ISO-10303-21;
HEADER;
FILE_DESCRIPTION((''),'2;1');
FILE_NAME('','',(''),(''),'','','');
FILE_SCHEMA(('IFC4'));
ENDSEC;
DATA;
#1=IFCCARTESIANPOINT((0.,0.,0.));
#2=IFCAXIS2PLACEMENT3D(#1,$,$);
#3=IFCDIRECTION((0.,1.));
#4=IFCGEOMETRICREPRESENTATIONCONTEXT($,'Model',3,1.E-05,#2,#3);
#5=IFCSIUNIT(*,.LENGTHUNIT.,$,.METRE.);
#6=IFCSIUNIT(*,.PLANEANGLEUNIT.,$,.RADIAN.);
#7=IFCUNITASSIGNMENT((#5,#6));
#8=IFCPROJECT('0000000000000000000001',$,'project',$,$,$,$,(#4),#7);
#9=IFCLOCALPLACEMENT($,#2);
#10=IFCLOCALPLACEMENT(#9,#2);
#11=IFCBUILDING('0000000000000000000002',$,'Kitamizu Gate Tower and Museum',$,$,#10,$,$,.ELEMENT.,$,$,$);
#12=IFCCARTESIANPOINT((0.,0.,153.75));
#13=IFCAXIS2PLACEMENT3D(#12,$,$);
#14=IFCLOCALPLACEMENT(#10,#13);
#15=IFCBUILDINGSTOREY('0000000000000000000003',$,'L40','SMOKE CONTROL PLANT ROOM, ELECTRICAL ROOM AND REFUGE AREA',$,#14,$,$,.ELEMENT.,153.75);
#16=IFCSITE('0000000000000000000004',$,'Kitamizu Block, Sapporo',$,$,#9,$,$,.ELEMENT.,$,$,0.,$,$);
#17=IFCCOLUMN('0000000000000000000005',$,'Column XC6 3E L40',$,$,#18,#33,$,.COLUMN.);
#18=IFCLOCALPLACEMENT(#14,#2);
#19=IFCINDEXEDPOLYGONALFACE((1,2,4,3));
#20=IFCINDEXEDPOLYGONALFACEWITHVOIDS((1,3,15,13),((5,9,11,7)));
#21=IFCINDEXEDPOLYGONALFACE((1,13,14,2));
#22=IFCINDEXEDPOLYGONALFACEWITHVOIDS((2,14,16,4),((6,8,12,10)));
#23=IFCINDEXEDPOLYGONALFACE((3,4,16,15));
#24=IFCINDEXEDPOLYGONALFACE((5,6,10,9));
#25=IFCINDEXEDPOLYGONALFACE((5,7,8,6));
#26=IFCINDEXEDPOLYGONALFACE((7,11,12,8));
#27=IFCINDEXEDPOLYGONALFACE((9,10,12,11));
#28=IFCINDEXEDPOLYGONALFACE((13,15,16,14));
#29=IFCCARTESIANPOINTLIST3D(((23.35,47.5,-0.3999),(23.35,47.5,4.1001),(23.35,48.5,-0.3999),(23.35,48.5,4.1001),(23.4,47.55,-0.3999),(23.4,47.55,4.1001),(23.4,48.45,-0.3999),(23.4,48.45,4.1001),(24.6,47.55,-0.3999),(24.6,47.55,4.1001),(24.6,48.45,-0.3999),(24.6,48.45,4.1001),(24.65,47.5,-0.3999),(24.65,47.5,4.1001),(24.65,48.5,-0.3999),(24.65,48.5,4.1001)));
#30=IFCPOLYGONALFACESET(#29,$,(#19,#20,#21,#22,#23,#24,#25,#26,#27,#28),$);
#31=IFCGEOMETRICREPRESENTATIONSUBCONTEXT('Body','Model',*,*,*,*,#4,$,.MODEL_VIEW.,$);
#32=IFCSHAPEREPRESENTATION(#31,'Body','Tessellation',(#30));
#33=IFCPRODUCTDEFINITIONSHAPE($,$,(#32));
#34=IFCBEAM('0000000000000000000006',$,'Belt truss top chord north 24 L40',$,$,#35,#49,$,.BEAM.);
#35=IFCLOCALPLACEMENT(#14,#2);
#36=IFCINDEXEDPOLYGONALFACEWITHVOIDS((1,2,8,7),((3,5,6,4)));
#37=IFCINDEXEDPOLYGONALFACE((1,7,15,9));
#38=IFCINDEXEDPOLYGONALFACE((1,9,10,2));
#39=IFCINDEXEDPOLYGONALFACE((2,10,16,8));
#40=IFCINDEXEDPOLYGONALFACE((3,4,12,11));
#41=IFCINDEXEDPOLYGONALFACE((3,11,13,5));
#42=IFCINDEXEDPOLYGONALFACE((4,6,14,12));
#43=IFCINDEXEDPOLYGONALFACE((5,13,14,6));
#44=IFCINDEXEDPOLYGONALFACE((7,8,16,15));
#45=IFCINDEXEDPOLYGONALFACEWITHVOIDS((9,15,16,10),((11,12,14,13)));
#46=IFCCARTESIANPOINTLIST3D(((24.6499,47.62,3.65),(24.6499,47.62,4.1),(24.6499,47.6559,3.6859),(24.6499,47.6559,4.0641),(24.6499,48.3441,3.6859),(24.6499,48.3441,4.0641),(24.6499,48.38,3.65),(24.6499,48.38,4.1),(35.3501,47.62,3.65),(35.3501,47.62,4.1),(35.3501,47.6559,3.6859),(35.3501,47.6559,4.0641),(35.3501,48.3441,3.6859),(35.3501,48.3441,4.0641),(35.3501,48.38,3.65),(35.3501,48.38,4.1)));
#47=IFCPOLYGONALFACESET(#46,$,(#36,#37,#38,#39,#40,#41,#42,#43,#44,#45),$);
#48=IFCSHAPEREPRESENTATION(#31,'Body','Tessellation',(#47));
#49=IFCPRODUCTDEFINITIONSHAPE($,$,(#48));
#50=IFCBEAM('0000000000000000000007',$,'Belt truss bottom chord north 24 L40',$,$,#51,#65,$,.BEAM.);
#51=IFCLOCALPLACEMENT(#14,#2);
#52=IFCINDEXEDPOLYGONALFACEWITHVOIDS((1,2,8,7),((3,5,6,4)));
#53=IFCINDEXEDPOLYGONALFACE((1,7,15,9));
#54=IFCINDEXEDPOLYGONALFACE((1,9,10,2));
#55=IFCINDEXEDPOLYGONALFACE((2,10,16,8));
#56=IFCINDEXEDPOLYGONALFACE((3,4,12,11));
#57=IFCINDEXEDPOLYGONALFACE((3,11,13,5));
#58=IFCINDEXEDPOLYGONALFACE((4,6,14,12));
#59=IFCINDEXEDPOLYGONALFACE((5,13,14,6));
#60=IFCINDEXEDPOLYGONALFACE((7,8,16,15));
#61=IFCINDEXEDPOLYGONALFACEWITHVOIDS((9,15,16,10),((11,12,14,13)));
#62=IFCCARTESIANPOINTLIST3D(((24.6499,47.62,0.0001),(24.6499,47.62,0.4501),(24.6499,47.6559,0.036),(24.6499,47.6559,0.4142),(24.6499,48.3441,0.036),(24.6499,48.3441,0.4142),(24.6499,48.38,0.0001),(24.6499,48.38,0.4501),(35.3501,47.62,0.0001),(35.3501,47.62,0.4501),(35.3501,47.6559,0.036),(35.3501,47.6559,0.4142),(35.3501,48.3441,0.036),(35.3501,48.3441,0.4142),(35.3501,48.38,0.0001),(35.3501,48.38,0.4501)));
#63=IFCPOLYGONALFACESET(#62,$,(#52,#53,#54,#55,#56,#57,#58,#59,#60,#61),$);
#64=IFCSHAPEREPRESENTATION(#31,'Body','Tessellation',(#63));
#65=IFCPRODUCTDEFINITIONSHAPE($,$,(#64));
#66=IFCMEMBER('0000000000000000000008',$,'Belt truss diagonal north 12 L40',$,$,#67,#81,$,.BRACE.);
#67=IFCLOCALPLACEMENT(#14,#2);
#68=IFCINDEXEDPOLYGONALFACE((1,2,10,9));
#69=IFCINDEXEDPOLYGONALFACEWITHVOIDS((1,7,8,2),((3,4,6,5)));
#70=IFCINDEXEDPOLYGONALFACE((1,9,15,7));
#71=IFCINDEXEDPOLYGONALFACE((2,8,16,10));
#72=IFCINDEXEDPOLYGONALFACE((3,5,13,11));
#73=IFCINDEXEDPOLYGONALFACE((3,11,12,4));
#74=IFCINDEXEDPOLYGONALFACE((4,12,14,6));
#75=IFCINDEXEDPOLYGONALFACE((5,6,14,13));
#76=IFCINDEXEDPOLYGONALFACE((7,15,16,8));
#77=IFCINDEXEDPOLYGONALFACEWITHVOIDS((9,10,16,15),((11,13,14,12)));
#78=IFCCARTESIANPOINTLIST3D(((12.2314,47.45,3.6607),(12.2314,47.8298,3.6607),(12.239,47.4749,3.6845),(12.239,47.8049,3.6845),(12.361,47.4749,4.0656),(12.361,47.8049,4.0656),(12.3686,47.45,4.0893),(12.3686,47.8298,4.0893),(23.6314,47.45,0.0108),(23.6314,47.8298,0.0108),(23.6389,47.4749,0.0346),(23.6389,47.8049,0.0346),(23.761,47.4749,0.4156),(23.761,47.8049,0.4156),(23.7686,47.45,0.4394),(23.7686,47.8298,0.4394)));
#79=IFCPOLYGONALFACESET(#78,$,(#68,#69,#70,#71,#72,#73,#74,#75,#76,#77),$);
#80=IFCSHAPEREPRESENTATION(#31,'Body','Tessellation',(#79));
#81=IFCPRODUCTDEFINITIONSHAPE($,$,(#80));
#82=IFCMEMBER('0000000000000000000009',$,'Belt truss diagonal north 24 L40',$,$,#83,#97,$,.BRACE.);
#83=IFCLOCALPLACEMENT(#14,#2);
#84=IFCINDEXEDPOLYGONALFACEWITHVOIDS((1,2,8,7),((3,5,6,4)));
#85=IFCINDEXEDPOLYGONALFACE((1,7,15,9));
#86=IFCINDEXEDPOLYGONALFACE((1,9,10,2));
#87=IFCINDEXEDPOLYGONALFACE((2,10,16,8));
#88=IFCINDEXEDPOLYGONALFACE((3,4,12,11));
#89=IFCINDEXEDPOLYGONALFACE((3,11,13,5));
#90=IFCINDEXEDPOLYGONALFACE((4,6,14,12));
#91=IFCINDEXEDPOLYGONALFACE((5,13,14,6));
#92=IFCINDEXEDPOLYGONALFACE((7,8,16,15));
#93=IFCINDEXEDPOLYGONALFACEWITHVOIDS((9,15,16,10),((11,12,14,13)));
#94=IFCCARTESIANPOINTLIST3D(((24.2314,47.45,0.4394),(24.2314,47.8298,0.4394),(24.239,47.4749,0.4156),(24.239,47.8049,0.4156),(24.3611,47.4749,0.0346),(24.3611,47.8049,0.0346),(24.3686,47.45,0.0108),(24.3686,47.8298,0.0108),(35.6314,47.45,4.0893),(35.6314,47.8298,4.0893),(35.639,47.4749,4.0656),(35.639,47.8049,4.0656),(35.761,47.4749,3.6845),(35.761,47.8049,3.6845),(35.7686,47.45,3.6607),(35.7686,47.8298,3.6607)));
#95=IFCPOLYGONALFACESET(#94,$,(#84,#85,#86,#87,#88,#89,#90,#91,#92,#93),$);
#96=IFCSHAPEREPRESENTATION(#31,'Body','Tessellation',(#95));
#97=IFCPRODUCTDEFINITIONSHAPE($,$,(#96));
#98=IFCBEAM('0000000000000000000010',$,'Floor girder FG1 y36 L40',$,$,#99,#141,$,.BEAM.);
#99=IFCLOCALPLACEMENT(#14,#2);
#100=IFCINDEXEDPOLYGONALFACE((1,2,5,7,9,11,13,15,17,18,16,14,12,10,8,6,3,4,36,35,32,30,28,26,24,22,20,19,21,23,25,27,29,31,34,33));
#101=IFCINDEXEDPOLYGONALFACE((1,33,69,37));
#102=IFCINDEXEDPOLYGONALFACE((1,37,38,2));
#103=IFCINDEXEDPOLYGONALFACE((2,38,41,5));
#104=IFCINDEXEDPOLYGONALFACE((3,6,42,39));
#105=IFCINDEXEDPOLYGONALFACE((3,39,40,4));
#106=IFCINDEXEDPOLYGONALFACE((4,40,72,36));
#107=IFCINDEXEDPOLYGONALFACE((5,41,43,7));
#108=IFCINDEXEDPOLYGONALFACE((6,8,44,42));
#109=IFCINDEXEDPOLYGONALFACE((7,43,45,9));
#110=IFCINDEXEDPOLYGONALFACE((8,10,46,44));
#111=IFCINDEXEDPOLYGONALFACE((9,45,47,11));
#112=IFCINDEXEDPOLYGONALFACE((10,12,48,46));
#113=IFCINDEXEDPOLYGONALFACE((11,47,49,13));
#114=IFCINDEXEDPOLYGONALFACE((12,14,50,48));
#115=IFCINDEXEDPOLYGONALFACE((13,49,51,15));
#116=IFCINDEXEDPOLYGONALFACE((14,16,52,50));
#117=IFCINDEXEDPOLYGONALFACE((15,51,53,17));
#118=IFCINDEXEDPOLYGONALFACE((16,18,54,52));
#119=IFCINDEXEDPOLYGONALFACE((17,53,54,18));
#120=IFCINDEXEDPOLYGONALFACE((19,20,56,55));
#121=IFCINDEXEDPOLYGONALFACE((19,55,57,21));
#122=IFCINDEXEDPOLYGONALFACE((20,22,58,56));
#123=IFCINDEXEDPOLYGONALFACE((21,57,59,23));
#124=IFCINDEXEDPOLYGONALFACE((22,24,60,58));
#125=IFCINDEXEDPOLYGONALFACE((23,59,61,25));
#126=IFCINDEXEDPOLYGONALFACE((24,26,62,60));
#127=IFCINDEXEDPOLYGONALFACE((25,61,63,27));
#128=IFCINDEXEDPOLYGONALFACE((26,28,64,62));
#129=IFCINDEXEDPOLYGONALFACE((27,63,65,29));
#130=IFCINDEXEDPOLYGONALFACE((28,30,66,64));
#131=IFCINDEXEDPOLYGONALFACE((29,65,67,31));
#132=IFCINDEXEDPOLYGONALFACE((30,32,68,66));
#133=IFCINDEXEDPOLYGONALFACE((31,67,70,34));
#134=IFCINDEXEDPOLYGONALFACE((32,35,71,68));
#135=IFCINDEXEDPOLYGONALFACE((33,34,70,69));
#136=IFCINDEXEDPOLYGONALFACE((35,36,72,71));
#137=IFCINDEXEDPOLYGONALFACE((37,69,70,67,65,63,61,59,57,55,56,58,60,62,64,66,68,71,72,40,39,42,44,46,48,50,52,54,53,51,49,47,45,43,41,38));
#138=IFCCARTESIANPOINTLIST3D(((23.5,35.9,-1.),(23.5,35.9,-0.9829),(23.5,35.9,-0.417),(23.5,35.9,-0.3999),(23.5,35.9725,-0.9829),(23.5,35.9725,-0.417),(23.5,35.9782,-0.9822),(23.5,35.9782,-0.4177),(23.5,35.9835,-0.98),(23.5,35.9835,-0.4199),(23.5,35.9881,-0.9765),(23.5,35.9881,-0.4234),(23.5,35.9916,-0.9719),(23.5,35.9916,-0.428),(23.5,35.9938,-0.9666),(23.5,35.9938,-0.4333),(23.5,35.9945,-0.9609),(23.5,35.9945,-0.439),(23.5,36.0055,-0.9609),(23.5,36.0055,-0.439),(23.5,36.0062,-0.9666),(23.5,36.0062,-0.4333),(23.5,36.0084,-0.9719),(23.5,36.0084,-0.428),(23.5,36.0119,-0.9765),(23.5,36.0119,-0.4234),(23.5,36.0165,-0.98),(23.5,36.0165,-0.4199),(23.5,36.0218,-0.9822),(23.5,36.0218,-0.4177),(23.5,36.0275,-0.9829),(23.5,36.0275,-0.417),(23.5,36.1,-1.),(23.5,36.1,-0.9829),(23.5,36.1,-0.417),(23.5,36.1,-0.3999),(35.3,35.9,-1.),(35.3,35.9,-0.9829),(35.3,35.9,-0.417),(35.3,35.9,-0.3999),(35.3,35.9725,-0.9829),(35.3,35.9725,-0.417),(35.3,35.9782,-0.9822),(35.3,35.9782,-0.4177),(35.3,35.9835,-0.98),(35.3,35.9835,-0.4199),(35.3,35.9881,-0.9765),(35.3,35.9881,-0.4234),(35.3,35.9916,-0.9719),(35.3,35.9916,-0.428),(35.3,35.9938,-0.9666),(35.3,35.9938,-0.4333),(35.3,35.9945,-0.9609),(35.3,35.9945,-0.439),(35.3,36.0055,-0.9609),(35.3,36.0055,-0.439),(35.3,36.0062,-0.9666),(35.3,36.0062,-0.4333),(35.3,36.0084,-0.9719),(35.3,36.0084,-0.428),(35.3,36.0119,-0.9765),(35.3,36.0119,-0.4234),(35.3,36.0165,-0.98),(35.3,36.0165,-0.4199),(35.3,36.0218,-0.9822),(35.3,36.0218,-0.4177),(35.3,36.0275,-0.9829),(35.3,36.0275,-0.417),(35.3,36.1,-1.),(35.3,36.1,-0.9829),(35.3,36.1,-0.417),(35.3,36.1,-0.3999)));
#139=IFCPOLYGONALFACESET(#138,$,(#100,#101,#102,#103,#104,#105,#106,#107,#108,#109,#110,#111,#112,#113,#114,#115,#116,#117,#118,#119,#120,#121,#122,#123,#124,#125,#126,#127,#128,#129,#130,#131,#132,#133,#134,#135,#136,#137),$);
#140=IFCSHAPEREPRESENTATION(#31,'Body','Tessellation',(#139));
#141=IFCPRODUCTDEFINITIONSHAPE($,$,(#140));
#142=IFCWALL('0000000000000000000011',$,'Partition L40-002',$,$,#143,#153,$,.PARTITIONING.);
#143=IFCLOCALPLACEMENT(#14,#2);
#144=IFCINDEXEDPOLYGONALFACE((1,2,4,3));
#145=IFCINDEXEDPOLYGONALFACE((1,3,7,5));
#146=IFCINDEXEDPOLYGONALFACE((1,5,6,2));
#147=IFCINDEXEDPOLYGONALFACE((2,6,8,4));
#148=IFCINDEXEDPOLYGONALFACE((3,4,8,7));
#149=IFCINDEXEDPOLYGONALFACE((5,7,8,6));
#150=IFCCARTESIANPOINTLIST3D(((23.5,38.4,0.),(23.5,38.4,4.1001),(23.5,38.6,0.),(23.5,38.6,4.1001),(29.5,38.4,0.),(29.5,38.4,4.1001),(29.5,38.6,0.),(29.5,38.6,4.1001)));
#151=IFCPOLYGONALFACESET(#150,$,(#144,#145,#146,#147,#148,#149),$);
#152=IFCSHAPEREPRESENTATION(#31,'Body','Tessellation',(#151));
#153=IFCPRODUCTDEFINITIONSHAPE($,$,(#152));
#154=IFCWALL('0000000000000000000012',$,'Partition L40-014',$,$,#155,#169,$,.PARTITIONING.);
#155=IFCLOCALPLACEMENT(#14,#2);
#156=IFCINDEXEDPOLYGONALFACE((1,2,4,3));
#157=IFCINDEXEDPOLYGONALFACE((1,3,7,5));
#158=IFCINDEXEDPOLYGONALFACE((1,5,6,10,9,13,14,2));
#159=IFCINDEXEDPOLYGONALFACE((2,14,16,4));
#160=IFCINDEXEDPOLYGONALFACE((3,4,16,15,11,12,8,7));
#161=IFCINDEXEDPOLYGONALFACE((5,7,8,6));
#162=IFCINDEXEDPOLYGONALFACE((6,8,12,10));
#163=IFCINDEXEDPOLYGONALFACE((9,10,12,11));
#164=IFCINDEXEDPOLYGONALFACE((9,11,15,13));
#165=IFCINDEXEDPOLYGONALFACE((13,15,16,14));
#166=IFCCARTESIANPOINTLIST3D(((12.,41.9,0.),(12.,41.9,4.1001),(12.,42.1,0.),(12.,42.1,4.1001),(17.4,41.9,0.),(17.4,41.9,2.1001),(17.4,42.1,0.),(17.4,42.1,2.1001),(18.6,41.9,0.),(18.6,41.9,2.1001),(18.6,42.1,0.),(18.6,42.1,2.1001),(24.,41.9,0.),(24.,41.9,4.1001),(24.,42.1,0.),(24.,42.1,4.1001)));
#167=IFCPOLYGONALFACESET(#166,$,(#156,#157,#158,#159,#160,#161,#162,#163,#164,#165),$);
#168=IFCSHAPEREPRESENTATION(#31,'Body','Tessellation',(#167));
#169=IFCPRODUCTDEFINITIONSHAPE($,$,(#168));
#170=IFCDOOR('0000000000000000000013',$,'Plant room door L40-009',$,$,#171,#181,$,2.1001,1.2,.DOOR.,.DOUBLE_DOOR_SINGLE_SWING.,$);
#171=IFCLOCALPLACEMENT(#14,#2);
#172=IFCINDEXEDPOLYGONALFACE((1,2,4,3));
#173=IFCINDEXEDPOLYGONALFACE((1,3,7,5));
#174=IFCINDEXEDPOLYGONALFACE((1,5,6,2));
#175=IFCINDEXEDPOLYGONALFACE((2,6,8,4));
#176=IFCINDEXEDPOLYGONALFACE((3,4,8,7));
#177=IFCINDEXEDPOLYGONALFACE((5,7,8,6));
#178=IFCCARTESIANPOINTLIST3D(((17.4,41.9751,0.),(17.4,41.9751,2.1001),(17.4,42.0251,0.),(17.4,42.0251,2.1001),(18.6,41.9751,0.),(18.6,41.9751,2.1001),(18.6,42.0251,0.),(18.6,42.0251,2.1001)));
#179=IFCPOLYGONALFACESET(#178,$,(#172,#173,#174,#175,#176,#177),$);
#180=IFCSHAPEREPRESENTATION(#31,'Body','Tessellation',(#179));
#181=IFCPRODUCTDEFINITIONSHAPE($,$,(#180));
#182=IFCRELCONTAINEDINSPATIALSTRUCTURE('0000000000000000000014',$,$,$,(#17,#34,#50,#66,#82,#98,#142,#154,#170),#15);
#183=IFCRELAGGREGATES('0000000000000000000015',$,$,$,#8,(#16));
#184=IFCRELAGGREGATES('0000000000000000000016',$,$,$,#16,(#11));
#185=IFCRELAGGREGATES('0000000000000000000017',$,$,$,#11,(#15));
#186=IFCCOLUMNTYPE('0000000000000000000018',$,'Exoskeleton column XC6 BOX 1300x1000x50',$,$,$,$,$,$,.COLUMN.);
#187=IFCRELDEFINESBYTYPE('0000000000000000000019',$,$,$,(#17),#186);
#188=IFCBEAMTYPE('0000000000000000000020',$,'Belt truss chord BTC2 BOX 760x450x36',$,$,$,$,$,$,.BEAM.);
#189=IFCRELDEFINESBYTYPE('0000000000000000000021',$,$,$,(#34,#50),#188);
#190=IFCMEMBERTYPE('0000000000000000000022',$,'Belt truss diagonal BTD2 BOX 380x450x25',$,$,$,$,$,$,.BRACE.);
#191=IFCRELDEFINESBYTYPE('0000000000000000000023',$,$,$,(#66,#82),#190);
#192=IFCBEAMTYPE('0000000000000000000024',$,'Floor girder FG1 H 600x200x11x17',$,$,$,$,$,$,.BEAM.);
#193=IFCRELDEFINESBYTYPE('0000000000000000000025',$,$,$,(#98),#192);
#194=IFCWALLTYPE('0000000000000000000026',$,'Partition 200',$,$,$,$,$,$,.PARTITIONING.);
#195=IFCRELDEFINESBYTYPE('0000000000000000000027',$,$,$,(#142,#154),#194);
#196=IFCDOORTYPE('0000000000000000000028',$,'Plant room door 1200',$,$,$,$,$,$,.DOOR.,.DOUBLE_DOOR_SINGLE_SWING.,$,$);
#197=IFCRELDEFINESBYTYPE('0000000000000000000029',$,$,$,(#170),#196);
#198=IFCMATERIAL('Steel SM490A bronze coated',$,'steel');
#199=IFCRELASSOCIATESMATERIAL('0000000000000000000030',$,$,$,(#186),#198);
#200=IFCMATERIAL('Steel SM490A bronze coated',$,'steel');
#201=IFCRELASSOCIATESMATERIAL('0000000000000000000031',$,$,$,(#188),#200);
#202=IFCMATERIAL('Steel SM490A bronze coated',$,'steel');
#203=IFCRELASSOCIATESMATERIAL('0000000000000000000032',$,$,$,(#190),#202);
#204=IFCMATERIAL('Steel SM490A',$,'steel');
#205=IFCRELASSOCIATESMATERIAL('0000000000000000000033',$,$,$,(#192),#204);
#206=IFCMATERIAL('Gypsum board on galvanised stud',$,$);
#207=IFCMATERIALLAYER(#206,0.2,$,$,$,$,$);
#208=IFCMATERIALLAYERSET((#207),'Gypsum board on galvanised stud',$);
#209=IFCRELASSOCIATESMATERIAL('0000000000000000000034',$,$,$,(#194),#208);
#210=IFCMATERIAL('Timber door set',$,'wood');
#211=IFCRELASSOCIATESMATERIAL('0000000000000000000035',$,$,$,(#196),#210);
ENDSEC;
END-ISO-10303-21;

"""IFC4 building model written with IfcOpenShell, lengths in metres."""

from ifc_helpers import new_model, si_unit, direction, frame, frame_2d, origin, origin_2d, place, context, subcontext, project, spatial, rectangle, hollow_rectangle, i_section, extrude, material, layer, layer_set, material_profile, profile_set, type_object, element, fill, save


model = new_model("IFC4")

# Units and contexts
model_context = context("Model", 3, precision=1e-05, world=origin(), true_north=direction((0.0, 1.0)))
body_context = subcontext(model_context, "Body", "Model", "MODEL_VIEW")
ifc_project = project(units=[si_unit("LENGTHUNIT", "METRE"), si_unit("PLANEANGLEUNIT", "RADIAN")], contexts=[model_context])

# Site, building, storey
site_placement = place(None, origin())
site = spatial("IfcSite", under=ifc_project, at=site_placement, Name="Kitamizu Block, Sapporo", CompositionType="ELEMENT", RefElevation=0.0)
building_placement = place(site_placement, origin())
building = spatial("IfcBuilding", under=site, at=building_placement, Name="Kitamizu Gate Tower and Museum", CompositionType="ELEMENT")
storey_placement = place(building_placement, frame((0.0, 0.0, 153.75)))
storey = spatial("IfcBuildingStorey", under=building, at=storey_placement, Name="L40", Description="SMOKE CONTROL PLANT ROOM, ELECTRICAL ROOM AND REFUGE AREA", CompositionType="ELEMENT", Elevation=153.75)

# Column
ifc_material_1 = material(Name="Steel SM490A bronze coated", Category="steel")
ifc_material_profile_1 = material_profile(ifc_material_1, hollow_rectangle(XDim=1.3, YDim=1.0, WallThickness=0.05, at=origin_2d()), Name="BOX 1300x1000x50")
ifc_profile_set_1 = profile_set([ifc_material_profile_1], Name="Steel SM490A bronze coated")
column_type = type_object("IfcColumnType", Name="Exoskeleton column XC6 BOX 1300x1000x50", PredefinedType="COLUMN", material=ifc_profile_set_1)
column_placement = place(storey_placement, frame((24.0, 48.0, -0.3999), z_axis=(0.0, 0.0, 1.0), x_axis=(1.0, 0.0, 0.0)))
element("IfcColumn", 1, at=column_placement, inside=storey, type_object=column_type, Name="Column XC6 3E L40", PredefinedType="COLUMN", context=body_context, shape_type="SweptSolid", body=[
    extrude(hollow_rectangle(XDim=1.3, YDim=1.0, WallThickness=0.05, at=origin_2d()), origin(), (0.0, 0.0, 1.0), 4.5),
])

# Beams
ifc_material_2 = material(Name="Steel SM490A bronze coated", Category="steel")
ifc_material_profile_2 = material_profile(ifc_material_2, hollow_rectangle(XDim=0.76, YDim=0.45, WallThickness=0.0359, at=origin_2d()), Name="BOX 760x450x36")
ifc_profile_set_2 = profile_set([ifc_material_profile_2], Name="Steel SM490A bronze coated")
beam_type_1 = type_object("IfcBeamType", Name="Belt truss chord BTC2 BOX 760x450x36", PredefinedType="BEAM", material=ifc_profile_set_2)
for number, where, z_axis, x_axis, name in (
    (2, (24.6499, 48.0, 3.875), (1.0, 0.0, 0.0), (0.0, 1.0, 0.0), "Belt truss top chord north 24 L40"),
    (3, (24.6499, 48.0, 0.2251), (1.0, 0.0, 0.0), (0.0, 1.0, 0.0), "Belt truss bottom chord north 24 L40"),
):
    element("IfcBeam", number, at=place(storey_placement, frame(where, z_axis=z_axis, x_axis=x_axis)), inside=storey, type_object=beam_type_1, Name=name, PredefinedType="BEAM", context=body_context, shape_type="SweptSolid", body=[
        extrude(hollow_rectangle(XDim=0.76, YDim=0.45, WallThickness=0.0359, at=origin_2d()), origin(), (0.0, 0.0, 1.0), 10.7002),
    ])

# Members
ifc_material_3 = material(Name="Steel SM490A bronze coated", Category="steel")
ifc_material_profile_3 = material_profile(ifc_material_3, hollow_rectangle(XDim=0.3799, YDim=0.45, WallThickness=0.0249, at=origin_2d()), Name="BOX 380x450x25")
ifc_profile_set_3 = profile_set([ifc_material_profile_3], Name="Steel SM490A bronze coated")
member_type = type_object("IfcMemberType", Name="Belt truss diagonal BTD2 BOX 380x450x25", PredefinedType="BRACE", material=ifc_profile_set_3)
for number, where, z_axis, x_axis, name in (
    (4, (23.7, 47.6399, 0.2251), (-0.952377, 0.0, 0.304922), (0.0, -1.0, 0.0), "Belt truss diagonal north 12 L40"),
    (5, (24.3, 47.6399, 0.2251), (0.952377, 0.0, 0.304922), (0.0, 1.0, 0.0), "Belt truss diagonal north 24 L40"),
):
    element("IfcMember", number, at=place(storey_placement, frame(where, z_axis=z_axis, x_axis=x_axis)), inside=storey, type_object=member_type, Name=name, PredefinedType="BRACE", context=body_context, shape_type="SweptSolid", body=[
        extrude(hollow_rectangle(XDim=0.3799, YDim=0.45, WallThickness=0.0249, at=origin_2d()), origin(), (0.0, 0.0, 1.0), 11.97),
    ])

# Beam
ifc_material_4 = material(Name="Steel SM490A", Category="steel")
ifc_material_profile_4 = material_profile(ifc_material_4, i_section(OverallWidth=0.2, OverallDepth=0.6001, WebThickness=0.011, FlangeThickness=0.0171, FilletRadius=0.022, at=origin_2d()), Name="H-600x200x11x17")
ifc_profile_set_4 = profile_set([ifc_material_profile_4], Name="Steel SM490A")
beam_type_2 = type_object("IfcBeamType", Name="Floor girder FG1 H 600x200x11x17", PredefinedType="BEAM", material=ifc_profile_set_4)
beam_placement = place(storey_placement, frame((23.5, 36.0, -0.7), z_axis=(1.0, 0.0, 0.0), x_axis=(0.0, 1.0, 0.0)))
element("IfcBeam", 6, at=beam_placement, inside=storey, type_object=beam_type_2, Name="Floor girder FG1 y36 L40", PredefinedType="BEAM", context=body_context, shape_type="SweptSolid", body=[
    extrude(i_section(OverallWidth=0.2, OverallDepth=0.6001, WebThickness=0.011, FlangeThickness=0.0171, FilletRadius=0.022, at=origin_2d()), origin(), (0.0, 0.0, 1.0), 11.8),
])

# Wall
ifc_material_5 = material(Name="Gypsum board on galvanised stud")
ifc_layer_1 = layer(ifc_material_5, 0.2)
ifc_layer_set_1 = layer_set([ifc_layer_1], Name="Gypsum board on galvanised stud")
wall_type_1 = type_object("IfcWallType", Name="Partition 200", PredefinedType="PARTITIONING", material=ifc_layer_set_1)
wall_1_placement = place(storey_placement, frame((29.5, 38.5, 0.0), z_axis=(0.0, 0.0, 1.0), x_axis=(-1.0, 0.0, 0.0)))
element("IfcWall", 7, at=wall_1_placement, inside=storey, type_object=wall_type_1, Name="Partition L40-002", PredefinedType="PARTITIONING", context=body_context, shape_type="SweptSolid", body=[
    extrude(rectangle(XDim=6.0, YDim=0.2, at=frame_2d((3.0, 0.0))), origin(), (0.0, 0.0, 1.0), 4.1001),
])

# Wall, opening, door
wall_2_placement = place(storey_placement, frame((24.0, 42.0, 0.0), z_axis=(0.0, 0.0, 1.0), x_axis=(-1.0, 0.0, 0.0)))
wall_2 = element("IfcWall", 8, at=wall_2_placement, inside=storey, type_object=wall_type_1, Name="Partition L40-014", PredefinedType="PARTITIONING", context=body_context, shape_type="SweptSolid", body=[
    extrude(rectangle(XDim=12.0, YDim=0.2, at=frame_2d((6.0, 0.0))), origin(), (0.0, 0.0, 1.0), 4.1001),
])
opening_1_placement = place(wall_2_placement, frame((5.3999, 0.0, 0.0)))
opening_1 = element("IfcOpeningElement", 9, at=opening_1_placement, cuts=wall_2, PredefinedType="OPENING", context=body_context, shape_type="SweptSolid", body=[
    extrude(rectangle(XDim=1.2, YDim=2.1001, at=frame_2d((0.6001, 1.05))), frame((0.0, 0.1099, 0.0), z_axis=(0.0, -1.0, 0.0), x_axis=(1.0, 0.0, 0.0)), (0.0, 0.0, 1.0), 0.22),
])
ifc_material_6 = material(Name="Timber door set", Category="wood")
door_type_1 = type_object("IfcDoorType", Name="Plant room door 1200", OperationType="DOUBLE_DOOR_SINGLE_SWING", PredefinedType="DOOR", material=ifc_material_6)
door_1_placement = place(opening_1_placement, origin())
door_1 = element("IfcDoor", 10, at=door_1_placement, inside=storey, type_object=door_type_1, Name="Plant room door L40-009", OperationType="DOUBLE_DOOR_SINGLE_SWING", OverallHeight=2.1001, OverallWidth=1.2, PredefinedType="DOOR", context=body_context, shape_type="SweptSolid", body=[
    extrude(rectangle(XDim=1.2, YDim=2.1001, at=frame_2d((0.6001, 1.05))), frame((0.0, 0.0249, 0.0), z_axis=(0.0, -1.0, 0.0), x_axis=(1.0, 0.0, 0.0)), (0.0, 0.0, 1.0), 0.05),
])
fill(opening_1, door_1)

save(model, "model.ifc")
